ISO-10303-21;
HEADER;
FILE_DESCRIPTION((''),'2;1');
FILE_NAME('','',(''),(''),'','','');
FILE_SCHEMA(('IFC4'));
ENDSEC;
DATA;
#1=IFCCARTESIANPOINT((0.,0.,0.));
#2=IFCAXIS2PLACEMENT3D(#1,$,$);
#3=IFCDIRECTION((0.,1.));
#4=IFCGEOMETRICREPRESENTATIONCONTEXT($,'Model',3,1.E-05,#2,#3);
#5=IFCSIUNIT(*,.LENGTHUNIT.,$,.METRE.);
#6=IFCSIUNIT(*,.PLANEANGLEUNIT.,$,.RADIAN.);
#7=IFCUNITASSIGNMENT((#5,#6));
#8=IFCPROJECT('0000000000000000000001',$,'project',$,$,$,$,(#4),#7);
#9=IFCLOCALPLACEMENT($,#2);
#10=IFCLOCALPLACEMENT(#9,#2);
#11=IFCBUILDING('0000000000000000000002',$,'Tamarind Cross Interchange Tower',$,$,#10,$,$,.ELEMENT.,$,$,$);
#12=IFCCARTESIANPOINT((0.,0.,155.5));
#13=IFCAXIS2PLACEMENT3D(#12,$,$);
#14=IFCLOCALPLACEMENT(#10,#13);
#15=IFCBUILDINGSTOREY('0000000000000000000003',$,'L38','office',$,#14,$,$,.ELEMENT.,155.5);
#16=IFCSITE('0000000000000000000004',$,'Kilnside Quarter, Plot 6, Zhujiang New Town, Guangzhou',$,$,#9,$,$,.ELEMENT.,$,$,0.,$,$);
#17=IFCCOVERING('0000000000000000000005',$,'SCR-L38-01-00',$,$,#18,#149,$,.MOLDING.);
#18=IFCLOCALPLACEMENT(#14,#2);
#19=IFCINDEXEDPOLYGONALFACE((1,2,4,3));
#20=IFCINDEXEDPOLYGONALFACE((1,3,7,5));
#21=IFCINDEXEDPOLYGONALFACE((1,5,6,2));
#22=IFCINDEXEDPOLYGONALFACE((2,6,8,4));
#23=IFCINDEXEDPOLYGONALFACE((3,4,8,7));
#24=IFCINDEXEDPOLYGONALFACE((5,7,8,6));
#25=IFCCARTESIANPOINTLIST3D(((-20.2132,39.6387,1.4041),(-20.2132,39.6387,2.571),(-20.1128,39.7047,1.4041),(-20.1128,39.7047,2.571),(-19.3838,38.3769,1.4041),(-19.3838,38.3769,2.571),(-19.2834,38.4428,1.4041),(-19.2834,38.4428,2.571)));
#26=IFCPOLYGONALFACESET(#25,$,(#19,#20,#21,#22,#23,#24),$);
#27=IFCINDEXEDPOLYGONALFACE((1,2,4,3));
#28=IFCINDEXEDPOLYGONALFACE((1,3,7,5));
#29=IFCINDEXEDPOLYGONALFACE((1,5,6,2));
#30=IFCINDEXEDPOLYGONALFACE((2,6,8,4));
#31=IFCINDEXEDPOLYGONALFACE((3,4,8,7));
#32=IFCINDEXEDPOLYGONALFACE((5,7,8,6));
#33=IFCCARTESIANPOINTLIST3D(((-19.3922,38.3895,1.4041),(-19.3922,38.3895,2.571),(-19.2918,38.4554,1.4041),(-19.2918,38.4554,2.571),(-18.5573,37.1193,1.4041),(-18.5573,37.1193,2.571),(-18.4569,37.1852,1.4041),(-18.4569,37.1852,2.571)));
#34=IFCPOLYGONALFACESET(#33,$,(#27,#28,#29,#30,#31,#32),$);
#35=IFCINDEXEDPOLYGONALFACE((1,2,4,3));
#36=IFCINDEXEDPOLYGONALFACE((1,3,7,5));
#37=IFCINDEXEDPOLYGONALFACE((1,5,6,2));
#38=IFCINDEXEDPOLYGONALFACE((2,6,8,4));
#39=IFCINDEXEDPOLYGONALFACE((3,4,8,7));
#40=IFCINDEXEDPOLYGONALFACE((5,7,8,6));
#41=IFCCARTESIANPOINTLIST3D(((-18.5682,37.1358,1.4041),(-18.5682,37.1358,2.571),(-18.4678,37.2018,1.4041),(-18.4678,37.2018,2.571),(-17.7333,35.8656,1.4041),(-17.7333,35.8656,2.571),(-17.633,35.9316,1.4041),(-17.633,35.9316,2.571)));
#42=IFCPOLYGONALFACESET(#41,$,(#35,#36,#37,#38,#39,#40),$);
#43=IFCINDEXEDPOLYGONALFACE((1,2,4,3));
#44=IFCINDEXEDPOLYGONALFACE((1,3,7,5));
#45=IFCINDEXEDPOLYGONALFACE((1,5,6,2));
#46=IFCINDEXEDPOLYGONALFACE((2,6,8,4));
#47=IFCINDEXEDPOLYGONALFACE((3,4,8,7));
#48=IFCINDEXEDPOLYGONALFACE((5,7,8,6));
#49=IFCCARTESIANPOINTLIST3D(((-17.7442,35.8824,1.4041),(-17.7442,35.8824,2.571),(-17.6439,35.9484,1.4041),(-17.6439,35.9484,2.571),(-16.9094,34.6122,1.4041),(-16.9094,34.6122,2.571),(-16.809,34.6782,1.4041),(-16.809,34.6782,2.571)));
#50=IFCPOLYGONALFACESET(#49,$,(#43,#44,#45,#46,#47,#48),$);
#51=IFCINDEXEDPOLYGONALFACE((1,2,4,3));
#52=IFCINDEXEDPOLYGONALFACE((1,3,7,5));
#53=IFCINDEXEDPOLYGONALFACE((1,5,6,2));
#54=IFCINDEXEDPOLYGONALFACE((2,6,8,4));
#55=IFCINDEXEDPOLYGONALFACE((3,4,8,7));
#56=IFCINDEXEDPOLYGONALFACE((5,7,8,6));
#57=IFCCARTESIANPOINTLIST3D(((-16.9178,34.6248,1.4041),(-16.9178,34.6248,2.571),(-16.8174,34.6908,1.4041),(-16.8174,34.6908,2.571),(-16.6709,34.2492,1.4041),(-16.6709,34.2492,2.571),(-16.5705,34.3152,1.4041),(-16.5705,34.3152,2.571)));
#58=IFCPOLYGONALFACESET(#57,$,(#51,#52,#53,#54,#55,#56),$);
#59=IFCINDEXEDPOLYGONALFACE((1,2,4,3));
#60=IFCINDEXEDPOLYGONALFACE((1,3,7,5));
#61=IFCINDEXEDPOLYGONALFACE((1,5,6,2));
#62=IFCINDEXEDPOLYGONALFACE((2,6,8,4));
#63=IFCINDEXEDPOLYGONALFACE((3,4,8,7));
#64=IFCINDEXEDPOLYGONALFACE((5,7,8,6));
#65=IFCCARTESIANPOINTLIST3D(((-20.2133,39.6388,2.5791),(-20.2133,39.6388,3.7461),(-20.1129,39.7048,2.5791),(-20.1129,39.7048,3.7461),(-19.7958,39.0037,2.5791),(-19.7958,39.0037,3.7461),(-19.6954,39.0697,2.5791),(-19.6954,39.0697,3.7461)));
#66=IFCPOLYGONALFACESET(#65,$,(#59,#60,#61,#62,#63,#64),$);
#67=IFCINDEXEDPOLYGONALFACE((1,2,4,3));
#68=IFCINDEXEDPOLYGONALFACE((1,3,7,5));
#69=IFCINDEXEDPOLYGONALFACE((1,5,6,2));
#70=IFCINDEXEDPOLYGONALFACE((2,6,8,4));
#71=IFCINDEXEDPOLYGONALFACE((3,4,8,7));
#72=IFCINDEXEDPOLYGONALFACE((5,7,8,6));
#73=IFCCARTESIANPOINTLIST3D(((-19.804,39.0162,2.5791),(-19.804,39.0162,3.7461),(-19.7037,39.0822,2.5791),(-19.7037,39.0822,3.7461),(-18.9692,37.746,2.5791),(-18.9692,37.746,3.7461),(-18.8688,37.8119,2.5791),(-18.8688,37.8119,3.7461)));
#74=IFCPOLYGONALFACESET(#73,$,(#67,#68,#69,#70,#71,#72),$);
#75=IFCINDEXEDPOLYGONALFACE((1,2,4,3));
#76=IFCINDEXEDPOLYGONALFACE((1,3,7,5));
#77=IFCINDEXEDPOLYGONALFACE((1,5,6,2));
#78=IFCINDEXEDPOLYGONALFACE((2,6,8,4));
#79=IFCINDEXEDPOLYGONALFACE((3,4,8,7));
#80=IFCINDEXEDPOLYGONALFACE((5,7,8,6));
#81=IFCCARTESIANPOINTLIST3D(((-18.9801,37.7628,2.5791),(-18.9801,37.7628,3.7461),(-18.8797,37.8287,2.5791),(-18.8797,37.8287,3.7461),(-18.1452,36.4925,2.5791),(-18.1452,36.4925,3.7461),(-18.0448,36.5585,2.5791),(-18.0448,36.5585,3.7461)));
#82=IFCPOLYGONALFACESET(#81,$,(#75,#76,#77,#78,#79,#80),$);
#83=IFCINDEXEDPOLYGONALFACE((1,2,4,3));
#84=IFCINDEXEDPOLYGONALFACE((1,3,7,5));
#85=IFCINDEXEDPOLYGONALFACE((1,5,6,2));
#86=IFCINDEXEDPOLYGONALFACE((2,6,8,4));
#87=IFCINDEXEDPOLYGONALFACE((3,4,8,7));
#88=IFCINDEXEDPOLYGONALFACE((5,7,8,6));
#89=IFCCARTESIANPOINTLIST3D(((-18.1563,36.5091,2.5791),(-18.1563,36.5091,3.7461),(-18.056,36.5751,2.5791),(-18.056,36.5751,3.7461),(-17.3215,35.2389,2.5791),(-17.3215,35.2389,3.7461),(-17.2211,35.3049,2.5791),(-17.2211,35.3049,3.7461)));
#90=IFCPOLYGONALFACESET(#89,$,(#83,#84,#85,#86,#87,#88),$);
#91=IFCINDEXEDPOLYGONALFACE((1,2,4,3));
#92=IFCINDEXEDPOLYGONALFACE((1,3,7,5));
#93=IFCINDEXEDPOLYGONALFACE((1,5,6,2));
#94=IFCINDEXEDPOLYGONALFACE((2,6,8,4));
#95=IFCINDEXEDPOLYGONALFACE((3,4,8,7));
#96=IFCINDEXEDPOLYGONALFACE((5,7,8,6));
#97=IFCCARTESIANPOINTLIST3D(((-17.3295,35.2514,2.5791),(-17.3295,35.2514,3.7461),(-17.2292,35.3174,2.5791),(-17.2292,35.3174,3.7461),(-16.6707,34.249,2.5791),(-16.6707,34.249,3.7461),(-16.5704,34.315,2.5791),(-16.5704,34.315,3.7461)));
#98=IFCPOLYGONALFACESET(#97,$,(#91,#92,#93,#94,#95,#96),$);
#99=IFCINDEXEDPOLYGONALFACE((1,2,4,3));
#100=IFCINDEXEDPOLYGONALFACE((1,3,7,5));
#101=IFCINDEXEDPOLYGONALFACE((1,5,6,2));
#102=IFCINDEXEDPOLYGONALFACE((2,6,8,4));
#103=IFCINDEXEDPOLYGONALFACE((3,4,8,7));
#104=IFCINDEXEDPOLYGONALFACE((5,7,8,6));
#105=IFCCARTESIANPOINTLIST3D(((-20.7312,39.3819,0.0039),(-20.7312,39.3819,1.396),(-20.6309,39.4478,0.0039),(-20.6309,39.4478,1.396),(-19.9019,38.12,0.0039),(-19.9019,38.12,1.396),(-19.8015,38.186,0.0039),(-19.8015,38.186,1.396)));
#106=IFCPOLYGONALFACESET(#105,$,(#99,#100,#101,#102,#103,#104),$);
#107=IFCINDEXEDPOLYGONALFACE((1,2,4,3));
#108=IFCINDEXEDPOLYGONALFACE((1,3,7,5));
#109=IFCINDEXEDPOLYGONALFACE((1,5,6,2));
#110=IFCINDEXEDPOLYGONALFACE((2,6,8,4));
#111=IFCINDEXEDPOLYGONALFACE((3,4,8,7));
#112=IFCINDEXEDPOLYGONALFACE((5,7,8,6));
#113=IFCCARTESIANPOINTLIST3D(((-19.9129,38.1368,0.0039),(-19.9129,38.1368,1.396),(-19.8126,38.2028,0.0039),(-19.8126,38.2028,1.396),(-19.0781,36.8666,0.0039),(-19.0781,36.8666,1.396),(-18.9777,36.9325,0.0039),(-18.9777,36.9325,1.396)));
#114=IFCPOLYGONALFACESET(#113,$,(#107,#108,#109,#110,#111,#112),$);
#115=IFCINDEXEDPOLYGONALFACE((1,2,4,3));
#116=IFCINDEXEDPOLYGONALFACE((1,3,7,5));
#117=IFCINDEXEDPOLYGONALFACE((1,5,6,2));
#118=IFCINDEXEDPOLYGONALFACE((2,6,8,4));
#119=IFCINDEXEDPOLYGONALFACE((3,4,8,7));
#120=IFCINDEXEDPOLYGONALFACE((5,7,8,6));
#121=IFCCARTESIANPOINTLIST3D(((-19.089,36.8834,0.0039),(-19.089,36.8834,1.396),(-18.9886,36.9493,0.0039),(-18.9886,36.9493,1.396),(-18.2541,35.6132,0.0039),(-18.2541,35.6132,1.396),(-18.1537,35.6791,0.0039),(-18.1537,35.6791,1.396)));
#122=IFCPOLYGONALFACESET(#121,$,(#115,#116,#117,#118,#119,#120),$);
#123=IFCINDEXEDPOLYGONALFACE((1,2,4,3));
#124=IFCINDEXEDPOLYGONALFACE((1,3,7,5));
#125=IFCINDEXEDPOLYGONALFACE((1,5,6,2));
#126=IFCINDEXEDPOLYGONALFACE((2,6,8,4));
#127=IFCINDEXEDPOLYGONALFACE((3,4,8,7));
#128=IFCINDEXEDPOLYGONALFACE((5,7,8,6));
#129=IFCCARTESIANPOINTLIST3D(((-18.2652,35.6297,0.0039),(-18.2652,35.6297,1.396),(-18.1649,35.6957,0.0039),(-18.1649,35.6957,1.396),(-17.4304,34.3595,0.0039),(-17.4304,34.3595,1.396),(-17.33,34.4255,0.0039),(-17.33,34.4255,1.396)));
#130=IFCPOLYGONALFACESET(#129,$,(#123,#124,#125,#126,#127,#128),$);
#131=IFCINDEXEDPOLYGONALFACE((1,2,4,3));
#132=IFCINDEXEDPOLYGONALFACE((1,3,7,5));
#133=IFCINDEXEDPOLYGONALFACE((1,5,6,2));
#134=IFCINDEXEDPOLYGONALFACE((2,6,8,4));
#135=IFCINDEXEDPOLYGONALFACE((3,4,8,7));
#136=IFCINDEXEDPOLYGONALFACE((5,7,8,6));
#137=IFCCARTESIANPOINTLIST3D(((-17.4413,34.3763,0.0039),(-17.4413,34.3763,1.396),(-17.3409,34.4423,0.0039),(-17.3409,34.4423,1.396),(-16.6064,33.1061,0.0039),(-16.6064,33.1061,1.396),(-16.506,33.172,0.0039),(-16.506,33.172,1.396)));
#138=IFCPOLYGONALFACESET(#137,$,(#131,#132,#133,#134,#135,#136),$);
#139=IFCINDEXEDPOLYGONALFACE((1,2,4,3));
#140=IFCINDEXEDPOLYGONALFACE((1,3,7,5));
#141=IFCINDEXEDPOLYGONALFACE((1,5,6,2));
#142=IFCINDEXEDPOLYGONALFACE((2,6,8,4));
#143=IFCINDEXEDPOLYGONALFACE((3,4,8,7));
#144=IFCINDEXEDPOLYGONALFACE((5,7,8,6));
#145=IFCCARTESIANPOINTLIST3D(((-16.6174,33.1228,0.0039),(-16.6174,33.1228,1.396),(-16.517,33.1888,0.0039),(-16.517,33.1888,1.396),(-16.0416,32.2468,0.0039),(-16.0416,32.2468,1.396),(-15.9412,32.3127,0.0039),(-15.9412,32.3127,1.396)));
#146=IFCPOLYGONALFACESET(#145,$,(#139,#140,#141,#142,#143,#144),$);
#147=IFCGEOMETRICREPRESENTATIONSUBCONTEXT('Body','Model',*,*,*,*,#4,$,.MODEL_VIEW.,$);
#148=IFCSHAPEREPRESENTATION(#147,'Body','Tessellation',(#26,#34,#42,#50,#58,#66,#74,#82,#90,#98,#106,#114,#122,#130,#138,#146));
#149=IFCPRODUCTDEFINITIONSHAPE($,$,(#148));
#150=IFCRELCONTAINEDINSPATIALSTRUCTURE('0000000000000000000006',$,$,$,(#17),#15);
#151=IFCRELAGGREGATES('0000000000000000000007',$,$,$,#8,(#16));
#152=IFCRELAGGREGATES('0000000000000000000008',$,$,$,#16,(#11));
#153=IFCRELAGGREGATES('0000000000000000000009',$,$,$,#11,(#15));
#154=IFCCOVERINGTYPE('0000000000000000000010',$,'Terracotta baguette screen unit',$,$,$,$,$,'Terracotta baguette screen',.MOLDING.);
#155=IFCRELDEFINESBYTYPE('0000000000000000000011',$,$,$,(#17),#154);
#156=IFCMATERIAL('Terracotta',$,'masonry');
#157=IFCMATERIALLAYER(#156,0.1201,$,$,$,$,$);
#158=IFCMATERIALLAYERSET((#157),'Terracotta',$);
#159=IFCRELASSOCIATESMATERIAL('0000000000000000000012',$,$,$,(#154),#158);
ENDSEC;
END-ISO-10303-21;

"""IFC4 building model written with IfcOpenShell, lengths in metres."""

from ifc_helpers import new_model, si_unit, direction, frame, origin, origin_2d, place, context, subcontext, project, spatial, rectangle, extrude, material, layer, layer_set, type_object, element, save


model = new_model("IFC4")

# Units and contexts
model_context = context("Model", 3, precision=1e-05, world=origin(), true_north=direction((0.0, 1.0)))
body_context = subcontext(model_context, "Body", "Model", "MODEL_VIEW")
ifc_project = project(units=[si_unit("LENGTHUNIT", "METRE"), si_unit("PLANEANGLEUNIT", "RADIAN")], contexts=[model_context])

# Site, building, storey
site_placement = place(None, origin())
site = spatial("IfcSite", under=ifc_project, at=site_placement, Name="Kilnside Quarter, Plot 6, Zhujiang New Town, Guangzhou", CompositionType="ELEMENT", RefElevation=0.0)
building_placement = place(site_placement, origin())
building = spatial("IfcBuilding", under=site, at=building_placement, Name="Tamarind Cross Interchange Tower", CompositionType="ELEMENT")
storey_placement = place(building_placement, frame((0.0, 0.0, 155.5)))
storey = spatial("IfcBuildingStorey", under=building, at=storey_placement, Name="L38", Description="office", CompositionType="ELEMENT", Elevation=155.5)

# Covering
ifc_material_1 = material(Name="Terracotta", Category="masonry")
ifc_layer_1 = layer(ifc_material_1, 0.1201)
ifc_layer_set_1 = layer_set([ifc_layer_1], Name="Terracotta")
covering_type = type_object("IfcCoveringType", Name="Terracotta baguette screen unit", ElementType="Terracotta baguette screen", PredefinedType="MOLDING", material=ifc_layer_set_1)
covering_1_placement = place(storey_placement, origin())
element("IfcCovering", 1, at=covering_1_placement, inside=storey, type_object=covering_type, Name="SCR-L38-01-00", PredefinedType="MOLDING", context=body_context, shape_type="SweptSolid", body=[
    extrude(rectangle(XDim=1.51, YDim=0.1201, at=origin_2d()), frame((-19.7483, 39.0408, 1.4041), z_axis=(0.0, 0.0, 1.0), x_axis=(0.549248, -0.83566, 0.0)), (0.0, 0.0, 1.0), 1.167),
    extrude(rectangle(XDim=1.52, YDim=0.1201, at=origin_2d()), frame((-18.9246, 37.7874, 1.4041), z_axis=(0.0, 0.0, 1.0), x_axis=(0.549248, -0.83566, 0.0)), (0.0, 0.0, 1.0), 1.167),
    extrude(rectangle(XDim=1.52, YDim=0.1201, at=origin_2d()), frame((-18.1006, 36.5337, 1.4041), z_axis=(0.0, 0.0, 1.0), x_axis=(0.549248, -0.83566, 0.0)), (0.0, 0.0, 1.0), 1.167),
    extrude(rectangle(XDim=1.52, YDim=0.1201, at=origin_2d()), frame((-17.2766, 35.2803, 1.4041), z_axis=(0.0, 0.0, 1.0), x_axis=(0.549248, -0.83566, 0.0)), (0.0, 0.0, 1.0), 1.167),
    extrude(rectangle(XDim=0.4495, YDim=0.1201, at=origin_2d()), frame((-16.7441, 34.47, 1.4041), z_axis=(0.0, 0.0, 1.0), x_axis=(0.549248, -0.83566, 0.0)), (0.0, 0.0, 1.0), 1.167),
    extrude(rectangle(XDim=0.76, YDim=0.1201, at=origin_2d()), frame((-19.9543, 39.3542, 2.5791), z_axis=(0.0, 0.0, 1.0), x_axis=(0.549248, -0.83566, 0.0)), (0.0, 0.0, 1.0), 1.167),
    extrude(rectangle(XDim=1.52, YDim=0.1201, at=origin_2d()), frame((-19.3364, 38.4141, 2.5791), z_axis=(0.0, 0.0, 1.0), x_axis=(0.549248, -0.83566, 0.0)), (0.0, 0.0, 1.0), 1.167),
    extrude(rectangle(XDim=1.52, YDim=0.1201, at=origin_2d()), frame((-18.5125, 37.1606, 2.5791), z_axis=(0.0, 0.0, 1.0), x_axis=(0.549248, -0.83566, 0.0)), (0.0, 0.0, 1.0), 1.167),
    extrude(rectangle(XDim=1.52, YDim=0.1201, at=origin_2d()), frame((-17.6887, 35.907, 2.5791), z_axis=(0.0, 0.0, 1.0), x_axis=(0.549248, -0.83566, 0.0)), (0.0, 0.0, 1.0), 1.167),
    extrude(rectangle(XDim=1.1995, YDim=0.1201, at=origin_2d()), frame((-16.95, 34.7832, 2.5791), z_axis=(0.0, 0.0, 1.0), x_axis=(0.549248, -0.83566, 0.0)), (0.0, 0.0, 1.0), 1.167),
    extrude(rectangle(XDim=1.51, YDim=0.1201, at=origin_2d()), frame((-20.2664, 38.7839, 0.0039), z_axis=(0.0, 0.0, 1.0), x_axis=(0.549248, -0.83566, 0.0)), (0.0, 0.0, 1.0), 1.3921),
    extrude(rectangle(XDim=1.52, YDim=0.1201, at=origin_2d()), frame((-19.4453, 37.5347, 0.0039), z_axis=(0.0, 0.0, 1.0), x_axis=(0.549248, -0.83566, 0.0)), (0.0, 0.0, 1.0), 1.3921),
    extrude(rectangle(XDim=1.52, YDim=0.1201, at=origin_2d()), frame((-18.6213, 36.2812, 0.0039), z_axis=(0.0, 0.0, 1.0), x_axis=(0.549248, -0.83566, 0.0)), (0.0, 0.0, 1.0), 1.3921),
    extrude(rectangle(XDim=1.52, YDim=0.1201, at=origin_2d()), frame((-17.7976, 35.0276, 0.0039), z_axis=(0.0, 0.0, 1.0), x_axis=(0.549248, -0.83566, 0.0)), (0.0, 0.0, 1.0), 1.3921),
    extrude(rectangle(XDim=1.52, YDim=0.1201, at=origin_2d()), frame((-16.9736, 33.7742, 0.0039), z_axis=(0.0, 0.0, 1.0), x_axis=(0.549248, -0.83566, 0.0)), (0.0, 0.0, 1.0), 1.3921),
    extrude(rectangle(XDim=1.0483, YDim=0.1201, at=origin_2d()), frame((-16.2793, 32.7178, 0.0039), z_axis=(0.0, 0.0, 1.0), x_axis=(0.549248, -0.83566, 0.0)), (0.0, 0.0, 1.0), 1.3921),
])

save(model, "model.ifc")
